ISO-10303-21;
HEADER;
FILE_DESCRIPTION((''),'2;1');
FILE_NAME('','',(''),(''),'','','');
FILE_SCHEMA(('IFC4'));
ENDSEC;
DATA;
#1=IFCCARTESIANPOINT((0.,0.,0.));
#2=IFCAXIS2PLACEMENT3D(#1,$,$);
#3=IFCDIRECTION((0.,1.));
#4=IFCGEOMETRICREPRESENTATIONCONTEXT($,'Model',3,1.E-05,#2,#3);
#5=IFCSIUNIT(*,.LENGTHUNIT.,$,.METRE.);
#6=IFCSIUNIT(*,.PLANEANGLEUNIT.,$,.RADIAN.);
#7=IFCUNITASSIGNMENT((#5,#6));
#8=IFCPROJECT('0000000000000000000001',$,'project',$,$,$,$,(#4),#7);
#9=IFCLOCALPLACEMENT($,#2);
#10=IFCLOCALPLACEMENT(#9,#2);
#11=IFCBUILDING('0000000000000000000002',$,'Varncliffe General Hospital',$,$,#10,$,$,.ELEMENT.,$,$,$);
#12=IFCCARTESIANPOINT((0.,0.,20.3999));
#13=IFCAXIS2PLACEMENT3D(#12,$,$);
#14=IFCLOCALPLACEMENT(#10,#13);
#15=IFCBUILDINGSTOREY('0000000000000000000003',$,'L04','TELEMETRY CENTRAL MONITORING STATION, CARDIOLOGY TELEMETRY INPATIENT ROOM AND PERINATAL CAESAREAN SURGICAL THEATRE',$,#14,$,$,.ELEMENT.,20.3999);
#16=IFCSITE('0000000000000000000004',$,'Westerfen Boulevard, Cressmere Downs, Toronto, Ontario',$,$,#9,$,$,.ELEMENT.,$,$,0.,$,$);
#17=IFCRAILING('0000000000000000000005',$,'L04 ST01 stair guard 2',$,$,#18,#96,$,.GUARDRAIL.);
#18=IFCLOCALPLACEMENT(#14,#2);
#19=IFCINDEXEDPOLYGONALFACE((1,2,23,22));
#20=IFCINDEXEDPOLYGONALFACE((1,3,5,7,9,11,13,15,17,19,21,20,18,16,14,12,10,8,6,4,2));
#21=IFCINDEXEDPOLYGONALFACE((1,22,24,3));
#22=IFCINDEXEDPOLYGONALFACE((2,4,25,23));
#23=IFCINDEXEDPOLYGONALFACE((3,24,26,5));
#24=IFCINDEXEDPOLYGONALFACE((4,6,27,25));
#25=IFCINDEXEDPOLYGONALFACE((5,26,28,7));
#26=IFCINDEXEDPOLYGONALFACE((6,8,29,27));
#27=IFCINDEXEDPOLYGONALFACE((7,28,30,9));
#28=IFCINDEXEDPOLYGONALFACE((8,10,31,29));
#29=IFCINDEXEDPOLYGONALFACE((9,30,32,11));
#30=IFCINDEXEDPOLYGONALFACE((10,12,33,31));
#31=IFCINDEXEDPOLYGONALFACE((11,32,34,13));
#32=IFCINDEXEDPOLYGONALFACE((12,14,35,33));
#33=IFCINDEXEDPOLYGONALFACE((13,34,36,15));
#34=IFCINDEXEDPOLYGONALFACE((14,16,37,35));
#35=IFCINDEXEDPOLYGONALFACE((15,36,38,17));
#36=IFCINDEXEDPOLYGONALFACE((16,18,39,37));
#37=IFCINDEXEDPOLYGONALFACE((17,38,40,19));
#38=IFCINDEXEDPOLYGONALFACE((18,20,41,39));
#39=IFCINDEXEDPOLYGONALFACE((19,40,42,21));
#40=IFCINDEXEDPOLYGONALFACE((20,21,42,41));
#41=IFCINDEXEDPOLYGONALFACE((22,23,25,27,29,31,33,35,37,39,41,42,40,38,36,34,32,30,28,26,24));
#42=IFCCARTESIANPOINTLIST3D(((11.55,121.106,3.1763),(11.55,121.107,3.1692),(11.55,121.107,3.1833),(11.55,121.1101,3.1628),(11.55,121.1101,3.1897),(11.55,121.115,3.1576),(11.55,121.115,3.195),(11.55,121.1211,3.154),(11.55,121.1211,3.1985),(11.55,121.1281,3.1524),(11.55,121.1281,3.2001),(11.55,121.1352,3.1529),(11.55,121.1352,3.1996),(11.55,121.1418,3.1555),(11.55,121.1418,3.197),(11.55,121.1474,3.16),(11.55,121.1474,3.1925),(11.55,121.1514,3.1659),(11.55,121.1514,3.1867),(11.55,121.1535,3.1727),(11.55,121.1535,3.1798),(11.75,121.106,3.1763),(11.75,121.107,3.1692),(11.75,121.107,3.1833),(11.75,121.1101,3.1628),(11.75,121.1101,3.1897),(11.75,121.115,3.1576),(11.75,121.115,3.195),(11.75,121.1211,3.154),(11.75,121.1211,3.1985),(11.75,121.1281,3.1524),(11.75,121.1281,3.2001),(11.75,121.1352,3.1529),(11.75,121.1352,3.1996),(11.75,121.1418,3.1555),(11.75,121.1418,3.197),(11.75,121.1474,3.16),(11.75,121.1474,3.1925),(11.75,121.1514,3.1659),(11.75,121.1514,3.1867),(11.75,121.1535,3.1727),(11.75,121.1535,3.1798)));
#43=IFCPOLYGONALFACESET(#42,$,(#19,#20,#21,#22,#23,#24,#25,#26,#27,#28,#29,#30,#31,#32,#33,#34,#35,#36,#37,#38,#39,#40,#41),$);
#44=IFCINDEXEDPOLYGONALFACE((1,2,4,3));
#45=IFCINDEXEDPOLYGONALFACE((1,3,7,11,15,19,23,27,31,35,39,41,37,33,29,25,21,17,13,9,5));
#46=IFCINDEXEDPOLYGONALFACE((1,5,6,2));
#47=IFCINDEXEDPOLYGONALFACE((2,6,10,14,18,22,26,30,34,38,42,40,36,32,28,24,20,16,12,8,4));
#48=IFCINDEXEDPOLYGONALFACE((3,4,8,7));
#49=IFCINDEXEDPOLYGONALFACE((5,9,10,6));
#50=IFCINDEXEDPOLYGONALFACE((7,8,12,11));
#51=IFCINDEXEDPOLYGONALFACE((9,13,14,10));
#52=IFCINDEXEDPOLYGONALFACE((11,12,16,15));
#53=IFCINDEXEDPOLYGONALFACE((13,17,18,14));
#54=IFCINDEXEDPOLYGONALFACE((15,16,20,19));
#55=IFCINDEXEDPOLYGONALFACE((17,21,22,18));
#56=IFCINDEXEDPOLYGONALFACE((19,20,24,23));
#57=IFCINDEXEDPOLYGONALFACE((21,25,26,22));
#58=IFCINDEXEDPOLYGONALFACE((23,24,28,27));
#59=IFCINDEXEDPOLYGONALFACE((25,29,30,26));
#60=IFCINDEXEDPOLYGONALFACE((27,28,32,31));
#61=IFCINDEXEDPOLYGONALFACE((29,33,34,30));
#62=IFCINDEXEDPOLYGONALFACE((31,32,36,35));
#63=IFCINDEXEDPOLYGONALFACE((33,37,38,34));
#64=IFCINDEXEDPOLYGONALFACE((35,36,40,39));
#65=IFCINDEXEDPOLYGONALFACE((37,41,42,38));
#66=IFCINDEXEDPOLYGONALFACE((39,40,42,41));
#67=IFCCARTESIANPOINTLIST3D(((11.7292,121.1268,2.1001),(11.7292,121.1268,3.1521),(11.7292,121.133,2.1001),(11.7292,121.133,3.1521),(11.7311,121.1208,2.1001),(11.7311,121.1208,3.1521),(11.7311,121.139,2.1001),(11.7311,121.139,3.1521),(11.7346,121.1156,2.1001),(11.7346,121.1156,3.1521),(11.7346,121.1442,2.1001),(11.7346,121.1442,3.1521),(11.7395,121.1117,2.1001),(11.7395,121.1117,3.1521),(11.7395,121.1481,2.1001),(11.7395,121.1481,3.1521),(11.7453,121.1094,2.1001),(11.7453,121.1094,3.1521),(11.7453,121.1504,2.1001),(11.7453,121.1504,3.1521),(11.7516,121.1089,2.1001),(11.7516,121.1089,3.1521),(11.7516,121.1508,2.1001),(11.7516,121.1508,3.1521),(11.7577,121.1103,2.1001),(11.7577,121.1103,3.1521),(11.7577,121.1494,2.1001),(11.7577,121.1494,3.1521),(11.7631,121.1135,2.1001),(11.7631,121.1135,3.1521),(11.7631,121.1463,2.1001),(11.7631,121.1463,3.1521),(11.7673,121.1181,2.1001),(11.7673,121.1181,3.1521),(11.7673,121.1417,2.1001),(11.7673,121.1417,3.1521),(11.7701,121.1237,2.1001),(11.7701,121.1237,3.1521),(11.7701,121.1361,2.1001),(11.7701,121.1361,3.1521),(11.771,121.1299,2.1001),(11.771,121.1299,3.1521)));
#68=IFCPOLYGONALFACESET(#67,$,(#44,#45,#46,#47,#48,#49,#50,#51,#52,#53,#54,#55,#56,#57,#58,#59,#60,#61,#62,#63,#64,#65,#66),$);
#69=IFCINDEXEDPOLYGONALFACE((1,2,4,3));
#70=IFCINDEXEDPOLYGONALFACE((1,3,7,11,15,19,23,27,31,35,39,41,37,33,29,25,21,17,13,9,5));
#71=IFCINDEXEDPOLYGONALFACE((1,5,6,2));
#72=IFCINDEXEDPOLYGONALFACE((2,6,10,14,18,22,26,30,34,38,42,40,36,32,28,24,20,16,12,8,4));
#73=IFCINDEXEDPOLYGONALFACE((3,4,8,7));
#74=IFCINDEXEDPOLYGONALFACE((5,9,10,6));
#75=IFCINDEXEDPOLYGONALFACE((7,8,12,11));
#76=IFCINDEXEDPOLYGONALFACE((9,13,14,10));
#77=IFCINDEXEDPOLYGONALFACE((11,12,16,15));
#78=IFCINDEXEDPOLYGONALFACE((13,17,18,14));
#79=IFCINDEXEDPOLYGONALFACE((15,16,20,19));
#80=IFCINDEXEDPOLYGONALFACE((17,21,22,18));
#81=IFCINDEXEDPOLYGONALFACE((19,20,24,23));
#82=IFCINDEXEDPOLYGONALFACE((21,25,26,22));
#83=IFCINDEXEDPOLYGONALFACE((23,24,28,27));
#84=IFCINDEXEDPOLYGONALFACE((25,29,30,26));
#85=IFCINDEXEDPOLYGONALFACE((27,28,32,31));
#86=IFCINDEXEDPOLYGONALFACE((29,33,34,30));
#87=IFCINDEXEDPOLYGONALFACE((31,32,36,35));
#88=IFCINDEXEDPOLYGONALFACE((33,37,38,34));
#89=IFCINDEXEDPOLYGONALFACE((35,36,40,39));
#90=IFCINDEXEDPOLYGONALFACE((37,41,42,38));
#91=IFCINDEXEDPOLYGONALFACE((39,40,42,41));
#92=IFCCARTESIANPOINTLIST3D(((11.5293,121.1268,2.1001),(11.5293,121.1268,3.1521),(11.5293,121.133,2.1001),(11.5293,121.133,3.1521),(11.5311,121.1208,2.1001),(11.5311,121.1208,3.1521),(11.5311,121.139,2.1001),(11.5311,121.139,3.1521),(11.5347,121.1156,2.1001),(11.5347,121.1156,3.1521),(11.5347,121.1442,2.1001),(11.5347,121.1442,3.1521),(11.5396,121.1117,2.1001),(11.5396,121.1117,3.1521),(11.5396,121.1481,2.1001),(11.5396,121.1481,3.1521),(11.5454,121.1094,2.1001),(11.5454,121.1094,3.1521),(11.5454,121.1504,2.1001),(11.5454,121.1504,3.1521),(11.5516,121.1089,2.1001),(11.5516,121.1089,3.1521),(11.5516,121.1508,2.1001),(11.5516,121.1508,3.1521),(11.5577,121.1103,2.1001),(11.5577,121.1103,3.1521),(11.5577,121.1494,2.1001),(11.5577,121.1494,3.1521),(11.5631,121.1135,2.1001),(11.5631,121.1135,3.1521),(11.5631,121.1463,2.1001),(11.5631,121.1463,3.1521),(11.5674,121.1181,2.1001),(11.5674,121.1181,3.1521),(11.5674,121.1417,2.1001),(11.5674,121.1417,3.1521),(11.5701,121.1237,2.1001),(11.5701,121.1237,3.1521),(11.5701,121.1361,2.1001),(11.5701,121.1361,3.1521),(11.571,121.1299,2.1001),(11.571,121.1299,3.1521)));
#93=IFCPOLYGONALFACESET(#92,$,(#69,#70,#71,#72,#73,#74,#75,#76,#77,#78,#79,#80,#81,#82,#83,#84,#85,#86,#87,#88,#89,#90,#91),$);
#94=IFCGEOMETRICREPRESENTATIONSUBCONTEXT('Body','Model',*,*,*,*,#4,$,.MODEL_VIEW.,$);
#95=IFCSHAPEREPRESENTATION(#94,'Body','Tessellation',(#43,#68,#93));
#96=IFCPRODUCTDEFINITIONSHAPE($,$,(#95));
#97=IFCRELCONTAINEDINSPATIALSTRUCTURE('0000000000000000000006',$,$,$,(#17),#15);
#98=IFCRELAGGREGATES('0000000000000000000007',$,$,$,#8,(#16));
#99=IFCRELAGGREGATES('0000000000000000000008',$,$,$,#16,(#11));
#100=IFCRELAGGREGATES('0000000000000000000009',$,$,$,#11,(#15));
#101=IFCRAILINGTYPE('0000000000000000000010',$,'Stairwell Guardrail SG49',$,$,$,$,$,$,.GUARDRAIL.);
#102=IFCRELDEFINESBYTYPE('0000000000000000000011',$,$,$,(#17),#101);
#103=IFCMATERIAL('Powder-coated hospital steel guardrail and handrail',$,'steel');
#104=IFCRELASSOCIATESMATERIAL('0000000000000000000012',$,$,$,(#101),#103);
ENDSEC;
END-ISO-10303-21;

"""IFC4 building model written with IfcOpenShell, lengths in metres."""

from ifc_helpers import new_model, si_unit, direction, frame, origin, origin_2d, place, context, subcontext, project, spatial, circle, extrude, material, type_object, element, save


model = new_model("IFC4")

# Units and contexts
model_context = context("Model", 3, precision=1e-05, world=origin(), true_north=direction((0.0, 1.0)))
body_context = subcontext(model_context, "Body", "Model", "MODEL_VIEW")
ifc_project = project(units=[si_unit("LENGTHUNIT", "METRE"), si_unit("PLANEANGLEUNIT", "RADIAN")], contexts=[model_context])

# Site, building, storey
site_placement = place(None, origin())
site = spatial("IfcSite", under=ifc_project, at=site_placement, Name="Westerfen Boulevard, Cressmere Downs, Toronto, Ontario", CompositionType="ELEMENT", RefElevation=0.0)
building_placement = place(site_placement, origin())
building = spatial("IfcBuilding", under=site, at=building_placement, Name="Varncliffe General Hospital", CompositionType="ELEMENT")
storey_placement = place(building_placement, frame((0.0, 0.0, 20.3999)))
storey = spatial("IfcBuildingStorey", under=building, at=storey_placement, Name="L04", Description="TELEMETRY CENTRAL MONITORING STATION, CARDIOLOGY TELEMETRY INPATIENT ROOM AND PERINATAL CAESAREAN SURGICAL THEATRE", CompositionType="ELEMENT", Elevation=20.3999)

# Railing
ifc_material_1 = material(Name="Powder-coated hospital steel guardrail and handrail", Category="steel")
railing_type_1 = type_object("IfcRailingType", Name="Stairwell Guardrail SG49", PredefinedType="GUARDRAIL", material=ifc_material_1)
railing_1_placement = place(storey_placement, frame((11.75, 121.1299, 2.1001)))
element("IfcRailing", 1, at=railing_1_placement, inside=storey, type_object=railing_type_1, Name="L04 ST01 stair guard 2", PredefinedType="GUARDRAIL", context=body_context, shape_type="SweptSolid", body=[
    extrude(circle(Radius=0.0239, at=origin_2d()), frame((0.0, 0.0, 1.0762), z_axis=(-1.0, 0.0, 0.0), x_axis=(0.0, -1.0, 0.0)), (0.0, 0.0, 1.0), 0.2),
    extrude(circle(Radius=0.021, at=origin_2d()), origin(), (0.0, 0.0, 1.0), 1.052),
    extrude(circle(Radius=0.021, at=origin_2d()), frame((-0.2, 0.0, 0.0)), (0.0, 0.0, 1.0), 1.052),
])

save(model, "model.ifc")
